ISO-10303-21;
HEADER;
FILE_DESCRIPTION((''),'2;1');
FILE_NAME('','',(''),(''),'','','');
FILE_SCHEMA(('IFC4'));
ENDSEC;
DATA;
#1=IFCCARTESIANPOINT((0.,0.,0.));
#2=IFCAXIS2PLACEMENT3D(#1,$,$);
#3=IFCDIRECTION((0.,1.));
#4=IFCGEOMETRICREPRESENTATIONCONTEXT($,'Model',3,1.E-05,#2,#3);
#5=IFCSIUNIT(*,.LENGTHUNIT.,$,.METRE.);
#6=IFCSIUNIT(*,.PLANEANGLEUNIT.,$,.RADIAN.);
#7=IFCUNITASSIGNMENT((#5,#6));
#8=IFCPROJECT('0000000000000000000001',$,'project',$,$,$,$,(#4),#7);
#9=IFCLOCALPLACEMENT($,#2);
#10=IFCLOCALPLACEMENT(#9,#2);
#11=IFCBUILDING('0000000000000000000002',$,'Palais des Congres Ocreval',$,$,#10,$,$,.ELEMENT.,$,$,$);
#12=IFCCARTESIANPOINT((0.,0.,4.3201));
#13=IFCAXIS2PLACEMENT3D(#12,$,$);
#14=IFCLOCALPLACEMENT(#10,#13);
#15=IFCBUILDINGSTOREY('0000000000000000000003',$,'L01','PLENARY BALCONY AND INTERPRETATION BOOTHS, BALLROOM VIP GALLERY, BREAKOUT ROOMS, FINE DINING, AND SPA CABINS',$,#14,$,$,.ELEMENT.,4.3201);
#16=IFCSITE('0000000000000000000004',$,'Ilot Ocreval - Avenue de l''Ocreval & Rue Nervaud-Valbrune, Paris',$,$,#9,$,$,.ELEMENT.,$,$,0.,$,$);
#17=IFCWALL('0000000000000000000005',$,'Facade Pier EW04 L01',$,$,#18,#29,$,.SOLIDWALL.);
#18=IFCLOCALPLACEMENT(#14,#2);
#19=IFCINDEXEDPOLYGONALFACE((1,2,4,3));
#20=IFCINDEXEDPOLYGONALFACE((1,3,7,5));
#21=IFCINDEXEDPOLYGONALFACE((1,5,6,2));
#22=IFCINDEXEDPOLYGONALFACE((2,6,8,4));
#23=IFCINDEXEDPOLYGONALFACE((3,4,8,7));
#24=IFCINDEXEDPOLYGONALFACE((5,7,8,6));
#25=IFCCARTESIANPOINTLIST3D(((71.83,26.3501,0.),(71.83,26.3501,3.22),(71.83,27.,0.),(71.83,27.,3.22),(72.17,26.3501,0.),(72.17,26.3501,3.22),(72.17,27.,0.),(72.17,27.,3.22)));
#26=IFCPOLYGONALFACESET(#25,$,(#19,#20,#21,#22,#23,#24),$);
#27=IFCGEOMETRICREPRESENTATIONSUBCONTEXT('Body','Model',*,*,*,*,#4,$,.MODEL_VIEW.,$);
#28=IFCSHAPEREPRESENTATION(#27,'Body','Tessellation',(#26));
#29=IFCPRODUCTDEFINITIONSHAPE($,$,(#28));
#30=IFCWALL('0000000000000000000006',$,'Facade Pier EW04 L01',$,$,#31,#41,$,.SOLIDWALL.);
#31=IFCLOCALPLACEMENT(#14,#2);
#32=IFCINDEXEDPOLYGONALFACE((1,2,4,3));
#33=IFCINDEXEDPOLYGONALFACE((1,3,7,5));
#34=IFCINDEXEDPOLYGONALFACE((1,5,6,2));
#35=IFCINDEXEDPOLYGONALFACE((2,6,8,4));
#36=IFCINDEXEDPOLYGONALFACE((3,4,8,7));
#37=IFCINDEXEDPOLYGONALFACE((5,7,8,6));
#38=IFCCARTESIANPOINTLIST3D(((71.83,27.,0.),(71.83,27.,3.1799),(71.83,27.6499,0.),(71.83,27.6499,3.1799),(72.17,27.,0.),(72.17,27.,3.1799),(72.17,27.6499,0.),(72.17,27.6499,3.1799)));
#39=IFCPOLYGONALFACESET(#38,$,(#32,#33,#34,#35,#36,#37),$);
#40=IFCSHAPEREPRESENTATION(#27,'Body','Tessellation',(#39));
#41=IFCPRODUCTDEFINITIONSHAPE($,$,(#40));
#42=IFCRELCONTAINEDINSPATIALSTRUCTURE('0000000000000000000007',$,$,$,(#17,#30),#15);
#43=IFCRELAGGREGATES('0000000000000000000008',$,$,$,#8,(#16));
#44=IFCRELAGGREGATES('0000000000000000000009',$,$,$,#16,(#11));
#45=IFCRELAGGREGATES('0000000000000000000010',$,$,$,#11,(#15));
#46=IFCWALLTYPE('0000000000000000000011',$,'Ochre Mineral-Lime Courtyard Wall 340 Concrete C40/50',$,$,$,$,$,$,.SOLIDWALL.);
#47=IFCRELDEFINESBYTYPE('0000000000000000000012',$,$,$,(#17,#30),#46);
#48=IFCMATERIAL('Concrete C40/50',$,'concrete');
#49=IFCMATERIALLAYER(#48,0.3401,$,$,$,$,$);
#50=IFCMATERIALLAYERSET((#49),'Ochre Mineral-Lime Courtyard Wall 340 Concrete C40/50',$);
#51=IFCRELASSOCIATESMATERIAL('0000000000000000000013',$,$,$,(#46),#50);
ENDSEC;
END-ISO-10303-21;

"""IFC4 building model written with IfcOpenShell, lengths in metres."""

from ifc_helpers import new_model, si_unit, direction, frame, frame_2d, origin, place, context, subcontext, project, spatial, rectangle, extrude, material, layer, layer_set, type_object, element, save


model = new_model("IFC4")

# Units and contexts
model_context = context("Model", 3, precision=1e-05, world=origin(), true_north=direction((0.0, 1.0)))
body_context = subcontext(model_context, "Body", "Model", "MODEL_VIEW")
ifc_project = project(units=[si_unit("LENGTHUNIT", "METRE"), si_unit("PLANEANGLEUNIT", "RADIAN")], contexts=[model_context])

# Site, building, storey
site_placement = place(None, origin())
site = spatial("IfcSite", under=ifc_project, at=site_placement, Name="Ilot Ocreval - Avenue de l'Ocreval & Rue Nervaud-Valbrune, Paris", CompositionType="ELEMENT", RefElevation=0.0)
building_placement = place(site_placement, origin())
building = spatial("IfcBuilding", under=site, at=building_placement, Name="Palais des Congres Ocreval", CompositionType="ELEMENT")
storey_placement = place(building_placement, frame((0.0, 0.0, 4.3201)))
storey = spatial("IfcBuildingStorey", under=building, at=storey_placement, Name="L01", Description="PLENARY BALCONY AND INTERPRETATION BOOTHS, BALLROOM VIP GALLERY, BREAKOUT ROOMS, FINE DINING, AND SPA CABINS", CompositionType="ELEMENT", Elevation=4.3201)

# Walls
ifc_material_1 = material(Name="Concrete C40/50", Category="concrete")
ifc_layer_1 = layer(ifc_material_1, 0.3401)
ifc_layer_set_1 = layer_set([ifc_layer_1], Name="Ochre Mineral-Lime Courtyard Wall 340 Concrete C40/50")
wall_type = type_object("IfcWallType", Name="Ochre Mineral-Lime Courtyard Wall 340 Concrete C40/50", PredefinedType="SOLIDWALL", material=ifc_layer_set_1)
for number, where, z_axis, x_axis, name in (
    (1, (72.0, 26.3501, 0.0), (0.0, 0.0, 1.0), (0.0, 1.0, 0.0), "Facade Pier EW04 L01"),
):
    element("IfcWall", number, at=place(storey_placement, frame(where, z_axis=z_axis, x_axis=x_axis)), inside=storey, type_object=wall_type, Name=name, PredefinedType="SOLIDWALL", context=body_context, shape_type="SweptSolid", body=[
        extrude(rectangle(XDim=0.6499, YDim=0.3401, at=frame_2d((0.325, 0.0))), origin(), (0.0, 0.0, 1.0), 3.22),
    ])
wall_1_placement = place(storey_placement, frame((72.0, 27.0, 0.0), z_axis=(0.0, 0.0, 1.0), x_axis=(0.0, 1.0, 0.0)))
element("IfcWall", 2, at=wall_1_placement, inside=storey, type_object=wall_type, Name="Facade Pier EW04 L01", PredefinedType="SOLIDWALL", context=body_context, shape_type="SweptSolid", body=[
    extrude(rectangle(XDim=0.6499, YDim=0.3401, at=frame_2d((0.325, 0.0))), origin(), (0.0, 0.0, 1.0), 3.1799),
])

save(model, "model.ifc")
